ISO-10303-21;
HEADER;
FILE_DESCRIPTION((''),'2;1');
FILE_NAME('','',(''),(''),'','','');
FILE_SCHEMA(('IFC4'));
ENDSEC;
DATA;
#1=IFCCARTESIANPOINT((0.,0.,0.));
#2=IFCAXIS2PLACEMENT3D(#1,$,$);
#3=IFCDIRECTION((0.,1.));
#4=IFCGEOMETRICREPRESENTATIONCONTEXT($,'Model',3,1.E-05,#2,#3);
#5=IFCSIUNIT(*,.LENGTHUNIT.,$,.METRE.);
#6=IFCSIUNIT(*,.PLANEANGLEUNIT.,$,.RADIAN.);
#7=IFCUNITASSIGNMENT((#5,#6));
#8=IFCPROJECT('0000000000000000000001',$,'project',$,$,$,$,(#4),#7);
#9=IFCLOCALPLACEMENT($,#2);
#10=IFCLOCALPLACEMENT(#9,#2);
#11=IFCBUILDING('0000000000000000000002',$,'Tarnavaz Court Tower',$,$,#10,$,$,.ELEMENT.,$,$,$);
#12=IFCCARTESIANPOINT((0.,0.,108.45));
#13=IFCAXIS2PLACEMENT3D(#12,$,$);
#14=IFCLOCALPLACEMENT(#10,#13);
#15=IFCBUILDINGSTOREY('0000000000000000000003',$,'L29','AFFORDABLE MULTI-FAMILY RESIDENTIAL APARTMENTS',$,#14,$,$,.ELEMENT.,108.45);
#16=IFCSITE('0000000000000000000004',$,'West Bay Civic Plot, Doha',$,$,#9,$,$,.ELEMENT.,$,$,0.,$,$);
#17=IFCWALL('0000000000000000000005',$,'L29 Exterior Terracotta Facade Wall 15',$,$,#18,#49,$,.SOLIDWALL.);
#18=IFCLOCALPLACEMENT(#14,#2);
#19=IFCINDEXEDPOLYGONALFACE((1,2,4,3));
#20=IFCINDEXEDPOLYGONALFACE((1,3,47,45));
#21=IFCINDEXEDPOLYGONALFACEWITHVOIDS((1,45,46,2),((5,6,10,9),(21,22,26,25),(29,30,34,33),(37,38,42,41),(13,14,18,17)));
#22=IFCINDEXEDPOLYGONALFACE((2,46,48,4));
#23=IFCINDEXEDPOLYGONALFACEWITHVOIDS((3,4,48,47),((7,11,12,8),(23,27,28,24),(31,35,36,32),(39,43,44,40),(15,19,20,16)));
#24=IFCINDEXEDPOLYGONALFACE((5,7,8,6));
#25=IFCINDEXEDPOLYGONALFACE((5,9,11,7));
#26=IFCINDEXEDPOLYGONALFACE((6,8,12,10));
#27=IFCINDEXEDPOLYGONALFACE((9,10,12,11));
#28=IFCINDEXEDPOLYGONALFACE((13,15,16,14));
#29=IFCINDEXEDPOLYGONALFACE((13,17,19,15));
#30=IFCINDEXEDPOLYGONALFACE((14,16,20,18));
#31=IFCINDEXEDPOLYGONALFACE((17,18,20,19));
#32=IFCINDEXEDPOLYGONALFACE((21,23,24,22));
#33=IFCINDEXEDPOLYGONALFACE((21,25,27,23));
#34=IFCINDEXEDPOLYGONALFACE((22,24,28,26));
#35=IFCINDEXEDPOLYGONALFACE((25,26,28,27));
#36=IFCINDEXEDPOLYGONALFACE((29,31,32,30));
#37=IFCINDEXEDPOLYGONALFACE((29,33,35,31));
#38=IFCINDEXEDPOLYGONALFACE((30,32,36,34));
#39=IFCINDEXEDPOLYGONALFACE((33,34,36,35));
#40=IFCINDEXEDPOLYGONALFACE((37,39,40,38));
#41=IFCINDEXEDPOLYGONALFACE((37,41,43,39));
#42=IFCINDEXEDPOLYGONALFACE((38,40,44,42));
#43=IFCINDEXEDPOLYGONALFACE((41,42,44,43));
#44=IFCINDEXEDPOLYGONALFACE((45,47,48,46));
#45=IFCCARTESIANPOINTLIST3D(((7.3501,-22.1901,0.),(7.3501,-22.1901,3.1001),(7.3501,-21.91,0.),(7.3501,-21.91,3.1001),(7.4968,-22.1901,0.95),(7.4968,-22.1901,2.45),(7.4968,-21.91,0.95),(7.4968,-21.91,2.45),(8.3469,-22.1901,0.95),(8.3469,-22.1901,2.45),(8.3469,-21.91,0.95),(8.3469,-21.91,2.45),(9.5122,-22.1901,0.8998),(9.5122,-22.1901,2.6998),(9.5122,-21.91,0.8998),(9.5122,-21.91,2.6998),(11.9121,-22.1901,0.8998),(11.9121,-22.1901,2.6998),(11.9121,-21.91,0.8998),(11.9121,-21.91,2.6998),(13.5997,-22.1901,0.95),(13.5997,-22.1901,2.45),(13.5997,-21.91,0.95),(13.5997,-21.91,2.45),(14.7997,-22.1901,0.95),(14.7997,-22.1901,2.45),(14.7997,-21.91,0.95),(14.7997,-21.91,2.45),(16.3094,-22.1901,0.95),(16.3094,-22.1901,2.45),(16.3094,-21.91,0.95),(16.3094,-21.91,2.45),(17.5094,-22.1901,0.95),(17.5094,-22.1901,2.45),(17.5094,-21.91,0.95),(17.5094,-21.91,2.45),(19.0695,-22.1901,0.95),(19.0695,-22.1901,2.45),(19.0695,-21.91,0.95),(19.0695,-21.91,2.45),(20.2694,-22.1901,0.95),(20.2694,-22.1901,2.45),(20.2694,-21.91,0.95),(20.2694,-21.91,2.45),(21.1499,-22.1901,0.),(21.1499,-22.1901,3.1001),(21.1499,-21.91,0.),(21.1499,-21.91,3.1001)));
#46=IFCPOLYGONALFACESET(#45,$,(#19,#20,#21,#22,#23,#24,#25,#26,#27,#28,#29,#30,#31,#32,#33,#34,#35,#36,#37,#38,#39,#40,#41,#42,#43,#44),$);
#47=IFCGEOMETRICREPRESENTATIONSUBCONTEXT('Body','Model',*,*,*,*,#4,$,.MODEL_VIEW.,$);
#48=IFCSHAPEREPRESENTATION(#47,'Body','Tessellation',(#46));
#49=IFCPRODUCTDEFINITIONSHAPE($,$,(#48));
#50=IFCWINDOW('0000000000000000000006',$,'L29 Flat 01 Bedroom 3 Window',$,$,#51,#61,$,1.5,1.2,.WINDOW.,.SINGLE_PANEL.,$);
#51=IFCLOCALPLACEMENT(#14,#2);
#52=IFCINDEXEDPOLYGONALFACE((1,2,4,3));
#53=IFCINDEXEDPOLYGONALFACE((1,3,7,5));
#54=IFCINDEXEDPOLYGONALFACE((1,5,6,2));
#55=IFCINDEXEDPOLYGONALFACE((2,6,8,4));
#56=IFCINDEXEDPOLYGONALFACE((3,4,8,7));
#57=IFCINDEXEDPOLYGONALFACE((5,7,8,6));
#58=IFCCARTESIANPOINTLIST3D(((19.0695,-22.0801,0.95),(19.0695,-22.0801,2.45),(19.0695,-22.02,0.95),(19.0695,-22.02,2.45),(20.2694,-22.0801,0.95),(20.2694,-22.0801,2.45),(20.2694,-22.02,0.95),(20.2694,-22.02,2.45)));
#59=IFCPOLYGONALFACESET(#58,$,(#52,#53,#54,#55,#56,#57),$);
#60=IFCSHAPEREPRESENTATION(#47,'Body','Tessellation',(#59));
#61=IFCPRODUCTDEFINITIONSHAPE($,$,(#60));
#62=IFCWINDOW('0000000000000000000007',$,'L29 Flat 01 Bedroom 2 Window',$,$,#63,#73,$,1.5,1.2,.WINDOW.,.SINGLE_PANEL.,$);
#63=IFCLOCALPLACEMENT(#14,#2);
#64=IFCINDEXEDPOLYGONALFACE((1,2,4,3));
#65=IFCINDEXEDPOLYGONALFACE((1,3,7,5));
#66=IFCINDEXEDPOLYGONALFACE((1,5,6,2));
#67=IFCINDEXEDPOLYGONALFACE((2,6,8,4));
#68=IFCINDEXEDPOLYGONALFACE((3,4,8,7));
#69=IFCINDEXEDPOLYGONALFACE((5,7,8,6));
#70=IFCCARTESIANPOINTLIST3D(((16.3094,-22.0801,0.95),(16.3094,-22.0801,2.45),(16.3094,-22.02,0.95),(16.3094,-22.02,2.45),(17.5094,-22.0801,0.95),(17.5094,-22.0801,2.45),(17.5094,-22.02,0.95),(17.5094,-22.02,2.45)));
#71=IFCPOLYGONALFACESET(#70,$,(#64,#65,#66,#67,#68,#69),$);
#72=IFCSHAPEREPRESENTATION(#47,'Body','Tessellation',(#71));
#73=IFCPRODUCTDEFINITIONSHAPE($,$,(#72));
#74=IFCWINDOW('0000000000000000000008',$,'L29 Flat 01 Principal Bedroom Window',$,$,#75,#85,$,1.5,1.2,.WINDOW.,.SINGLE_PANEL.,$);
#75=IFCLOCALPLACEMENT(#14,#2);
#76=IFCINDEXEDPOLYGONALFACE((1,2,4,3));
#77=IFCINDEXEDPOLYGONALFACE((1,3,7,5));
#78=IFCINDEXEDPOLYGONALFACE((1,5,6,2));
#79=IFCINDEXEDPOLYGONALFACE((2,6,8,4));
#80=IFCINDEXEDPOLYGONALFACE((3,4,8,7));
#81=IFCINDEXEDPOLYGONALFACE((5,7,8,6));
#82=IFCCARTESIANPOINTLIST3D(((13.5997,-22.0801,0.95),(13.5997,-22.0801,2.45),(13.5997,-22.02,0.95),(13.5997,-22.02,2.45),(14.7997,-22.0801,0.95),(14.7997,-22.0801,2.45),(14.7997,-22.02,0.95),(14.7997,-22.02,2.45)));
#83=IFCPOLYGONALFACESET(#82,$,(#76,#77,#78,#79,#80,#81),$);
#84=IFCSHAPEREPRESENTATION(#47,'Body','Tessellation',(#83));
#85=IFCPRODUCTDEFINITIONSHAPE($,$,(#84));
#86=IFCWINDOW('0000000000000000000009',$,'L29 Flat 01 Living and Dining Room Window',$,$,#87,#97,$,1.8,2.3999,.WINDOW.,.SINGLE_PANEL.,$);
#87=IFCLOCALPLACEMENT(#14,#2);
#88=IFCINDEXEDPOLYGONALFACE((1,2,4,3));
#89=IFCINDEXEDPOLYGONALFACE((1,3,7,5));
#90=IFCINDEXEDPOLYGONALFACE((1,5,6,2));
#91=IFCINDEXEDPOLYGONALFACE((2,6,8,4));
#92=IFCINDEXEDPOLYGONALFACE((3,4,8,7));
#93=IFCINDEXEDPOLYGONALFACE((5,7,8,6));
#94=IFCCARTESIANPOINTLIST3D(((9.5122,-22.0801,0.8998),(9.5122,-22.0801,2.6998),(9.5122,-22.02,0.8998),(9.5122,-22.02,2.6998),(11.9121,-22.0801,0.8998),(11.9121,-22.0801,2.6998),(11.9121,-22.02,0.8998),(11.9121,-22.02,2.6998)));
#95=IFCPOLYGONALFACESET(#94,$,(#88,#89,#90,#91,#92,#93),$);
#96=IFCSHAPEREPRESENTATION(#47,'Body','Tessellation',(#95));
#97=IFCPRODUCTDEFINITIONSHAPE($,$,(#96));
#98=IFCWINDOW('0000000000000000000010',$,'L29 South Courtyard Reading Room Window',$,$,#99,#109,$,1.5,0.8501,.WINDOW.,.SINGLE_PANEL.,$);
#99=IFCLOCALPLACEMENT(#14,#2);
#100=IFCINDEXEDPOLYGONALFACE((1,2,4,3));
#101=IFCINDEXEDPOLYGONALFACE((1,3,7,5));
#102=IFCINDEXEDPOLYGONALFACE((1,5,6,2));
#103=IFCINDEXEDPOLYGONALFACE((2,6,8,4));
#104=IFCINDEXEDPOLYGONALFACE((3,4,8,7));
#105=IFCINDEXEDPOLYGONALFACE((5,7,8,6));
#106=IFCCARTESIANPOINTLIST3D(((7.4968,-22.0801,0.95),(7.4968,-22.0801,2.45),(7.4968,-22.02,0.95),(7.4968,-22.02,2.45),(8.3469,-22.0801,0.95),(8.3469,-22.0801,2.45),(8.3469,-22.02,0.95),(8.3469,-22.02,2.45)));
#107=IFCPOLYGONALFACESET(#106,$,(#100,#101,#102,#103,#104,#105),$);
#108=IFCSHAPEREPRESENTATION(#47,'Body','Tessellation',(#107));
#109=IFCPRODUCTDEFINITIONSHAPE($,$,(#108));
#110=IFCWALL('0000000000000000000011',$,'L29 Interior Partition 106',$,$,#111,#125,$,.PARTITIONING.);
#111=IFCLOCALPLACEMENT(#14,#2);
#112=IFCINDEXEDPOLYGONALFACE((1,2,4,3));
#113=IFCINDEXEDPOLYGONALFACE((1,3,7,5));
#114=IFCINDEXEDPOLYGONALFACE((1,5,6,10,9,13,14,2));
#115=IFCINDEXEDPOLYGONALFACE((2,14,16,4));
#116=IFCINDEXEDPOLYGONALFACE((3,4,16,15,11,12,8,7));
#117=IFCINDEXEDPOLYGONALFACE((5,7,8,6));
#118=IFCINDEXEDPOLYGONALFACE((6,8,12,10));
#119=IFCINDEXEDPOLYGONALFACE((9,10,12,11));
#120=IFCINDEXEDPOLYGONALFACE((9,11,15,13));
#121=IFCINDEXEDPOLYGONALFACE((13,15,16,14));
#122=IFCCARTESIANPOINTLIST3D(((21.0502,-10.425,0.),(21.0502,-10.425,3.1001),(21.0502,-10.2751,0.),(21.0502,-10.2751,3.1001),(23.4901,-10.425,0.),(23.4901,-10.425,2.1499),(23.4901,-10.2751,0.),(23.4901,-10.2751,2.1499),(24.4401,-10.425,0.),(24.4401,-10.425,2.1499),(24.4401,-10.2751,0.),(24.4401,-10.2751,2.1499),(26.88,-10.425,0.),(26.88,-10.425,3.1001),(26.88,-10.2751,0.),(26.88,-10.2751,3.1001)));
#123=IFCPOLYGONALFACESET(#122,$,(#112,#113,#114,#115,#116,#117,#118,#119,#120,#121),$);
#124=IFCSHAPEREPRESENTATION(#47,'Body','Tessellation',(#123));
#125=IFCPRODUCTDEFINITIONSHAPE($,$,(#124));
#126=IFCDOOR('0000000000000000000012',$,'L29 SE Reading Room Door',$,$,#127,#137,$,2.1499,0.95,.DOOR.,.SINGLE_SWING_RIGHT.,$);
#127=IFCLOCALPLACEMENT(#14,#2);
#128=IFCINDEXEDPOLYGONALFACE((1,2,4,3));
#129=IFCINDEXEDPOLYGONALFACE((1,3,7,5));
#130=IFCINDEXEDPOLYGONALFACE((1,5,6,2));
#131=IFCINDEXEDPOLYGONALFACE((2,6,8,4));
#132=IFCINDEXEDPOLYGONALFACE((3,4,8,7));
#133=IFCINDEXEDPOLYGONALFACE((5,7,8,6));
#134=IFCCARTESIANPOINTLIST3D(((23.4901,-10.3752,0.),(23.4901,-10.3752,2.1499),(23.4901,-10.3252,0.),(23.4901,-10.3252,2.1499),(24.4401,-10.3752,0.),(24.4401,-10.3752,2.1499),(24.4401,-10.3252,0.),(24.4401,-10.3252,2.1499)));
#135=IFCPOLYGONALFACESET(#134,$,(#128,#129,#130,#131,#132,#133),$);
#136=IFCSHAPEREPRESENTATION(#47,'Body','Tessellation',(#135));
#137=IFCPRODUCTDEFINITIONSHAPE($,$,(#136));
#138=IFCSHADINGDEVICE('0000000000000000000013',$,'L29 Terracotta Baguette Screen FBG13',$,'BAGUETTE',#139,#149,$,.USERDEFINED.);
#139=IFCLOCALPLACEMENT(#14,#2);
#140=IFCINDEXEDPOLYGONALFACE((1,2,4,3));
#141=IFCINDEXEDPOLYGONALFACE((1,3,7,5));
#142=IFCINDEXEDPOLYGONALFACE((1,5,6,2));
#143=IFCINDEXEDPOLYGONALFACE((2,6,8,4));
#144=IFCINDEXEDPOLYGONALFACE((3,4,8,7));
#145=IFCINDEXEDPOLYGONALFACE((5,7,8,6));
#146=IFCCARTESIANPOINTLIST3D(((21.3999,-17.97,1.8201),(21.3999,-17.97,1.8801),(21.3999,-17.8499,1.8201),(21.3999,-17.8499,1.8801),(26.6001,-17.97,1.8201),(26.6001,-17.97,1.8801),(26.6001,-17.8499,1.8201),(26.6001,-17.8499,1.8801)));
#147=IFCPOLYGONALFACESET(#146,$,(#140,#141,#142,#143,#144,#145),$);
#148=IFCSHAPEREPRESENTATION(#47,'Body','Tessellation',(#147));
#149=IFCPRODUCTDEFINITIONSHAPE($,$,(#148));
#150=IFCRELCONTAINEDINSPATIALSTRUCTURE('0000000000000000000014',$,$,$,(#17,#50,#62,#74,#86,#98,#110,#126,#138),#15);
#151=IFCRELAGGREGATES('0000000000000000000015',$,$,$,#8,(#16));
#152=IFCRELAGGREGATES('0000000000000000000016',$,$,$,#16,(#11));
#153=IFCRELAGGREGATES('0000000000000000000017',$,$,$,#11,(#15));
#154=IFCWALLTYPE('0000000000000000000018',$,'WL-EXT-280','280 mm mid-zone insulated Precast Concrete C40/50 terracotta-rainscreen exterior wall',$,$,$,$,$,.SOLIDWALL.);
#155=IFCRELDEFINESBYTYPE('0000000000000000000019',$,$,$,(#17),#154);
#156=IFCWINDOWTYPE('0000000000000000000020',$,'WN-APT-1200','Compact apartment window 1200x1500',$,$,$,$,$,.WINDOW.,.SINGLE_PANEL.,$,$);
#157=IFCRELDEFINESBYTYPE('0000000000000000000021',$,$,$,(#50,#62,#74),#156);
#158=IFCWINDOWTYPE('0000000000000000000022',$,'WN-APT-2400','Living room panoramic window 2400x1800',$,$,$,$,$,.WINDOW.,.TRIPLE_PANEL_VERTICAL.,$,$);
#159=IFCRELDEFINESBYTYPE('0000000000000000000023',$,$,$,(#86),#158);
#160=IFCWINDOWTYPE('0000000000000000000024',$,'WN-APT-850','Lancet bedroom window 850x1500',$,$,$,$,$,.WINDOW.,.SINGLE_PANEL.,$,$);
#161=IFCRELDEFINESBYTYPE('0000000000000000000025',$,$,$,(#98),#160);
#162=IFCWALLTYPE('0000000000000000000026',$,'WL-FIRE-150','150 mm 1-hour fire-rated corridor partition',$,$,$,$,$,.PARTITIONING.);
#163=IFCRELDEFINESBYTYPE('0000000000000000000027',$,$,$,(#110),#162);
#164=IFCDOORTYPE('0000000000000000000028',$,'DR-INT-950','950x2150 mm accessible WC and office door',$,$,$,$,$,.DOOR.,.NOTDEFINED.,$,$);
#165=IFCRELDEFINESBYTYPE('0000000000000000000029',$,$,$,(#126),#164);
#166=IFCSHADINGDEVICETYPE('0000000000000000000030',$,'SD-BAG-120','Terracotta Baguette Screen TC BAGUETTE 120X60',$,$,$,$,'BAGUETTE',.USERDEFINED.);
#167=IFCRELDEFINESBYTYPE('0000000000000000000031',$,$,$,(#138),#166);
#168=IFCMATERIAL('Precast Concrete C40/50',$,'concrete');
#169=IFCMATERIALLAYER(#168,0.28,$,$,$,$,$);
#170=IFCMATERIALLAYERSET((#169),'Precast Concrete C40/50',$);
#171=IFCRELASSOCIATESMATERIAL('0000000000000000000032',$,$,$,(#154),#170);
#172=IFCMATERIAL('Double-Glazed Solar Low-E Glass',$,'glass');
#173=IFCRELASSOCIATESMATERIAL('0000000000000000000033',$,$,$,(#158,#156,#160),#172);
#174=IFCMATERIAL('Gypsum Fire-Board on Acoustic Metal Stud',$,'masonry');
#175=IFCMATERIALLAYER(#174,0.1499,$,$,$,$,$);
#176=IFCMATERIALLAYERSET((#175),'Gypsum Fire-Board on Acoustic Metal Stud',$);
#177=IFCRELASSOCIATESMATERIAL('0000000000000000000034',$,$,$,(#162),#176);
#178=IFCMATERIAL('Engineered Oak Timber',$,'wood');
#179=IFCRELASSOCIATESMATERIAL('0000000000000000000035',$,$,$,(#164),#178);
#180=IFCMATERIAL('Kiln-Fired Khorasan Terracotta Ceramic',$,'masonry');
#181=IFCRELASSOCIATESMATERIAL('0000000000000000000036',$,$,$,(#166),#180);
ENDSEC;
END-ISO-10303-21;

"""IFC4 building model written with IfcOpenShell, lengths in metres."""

from ifc_helpers import new_model, si_unit, direction, frame, frame_2d, origin, origin_2d, place, context, subcontext, project, spatial, rectangle, extrude, material, layer, layer_set, material_profile, profile_set, type_object, element, fill, save


model = new_model("IFC4")

# Units and contexts
model_context = context("Model", 3, precision=1e-05, world=origin(), true_north=direction((0.0, 1.0)))
body_context = subcontext(model_context, "Body", "Model", "MODEL_VIEW")
ifc_project = project(units=[si_unit("LENGTHUNIT", "METRE"), si_unit("PLANEANGLEUNIT", "RADIAN")], contexts=[model_context])

# Site, building, storey
site_placement = place(None, origin())
site = spatial("IfcSite", under=ifc_project, at=site_placement, Name="West Bay Civic Plot, Doha", CompositionType="ELEMENT", RefElevation=0.0)
building_placement = place(site_placement, origin())
building = spatial("IfcBuilding", under=site, at=building_placement, Name="Tarnavaz Court Tower", CompositionType="ELEMENT")
storey_placement = place(building_placement, frame((0.0, 0.0, 108.45)))
storey = spatial("IfcBuildingStorey", under=building, at=storey_placement, Name="L29", Description="AFFORDABLE MULTI-FAMILY RESIDENTIAL APARTMENTS", CompositionType="ELEMENT", Elevation=108.45)

# Shared definitions
ifc_material_1 = material(Name="Precast Concrete C40/50", Category="concrete")
ifc_layer_1 = layer(ifc_material_1, 0.28)
ifc_layer_set_1 = layer_set([ifc_layer_1], Name="Precast Concrete C40/50")
wall_type_1 = type_object("IfcWallType", Name="WL-EXT-280", Description="280 mm mid-zone insulated Precast Concrete C40/50 terracotta-rainscreen exterior wall", PredefinedType="SOLIDWALL", material=ifc_layer_set_1)
ifc_material_2 = material(Name="Double-Glazed Solar Low-E Glass", Category="glass")
window_type_1 = type_object("IfcWindowType", Name="WN-APT-2400", Description="Living room panoramic window 2400x1800", PartitioningType="TRIPLE_PANEL_VERTICAL", PredefinedType="WINDOW", material=ifc_material_2)

# Wall, openings, windows
wall_1_placement = place(storey_placement, frame((21.1499, -22.05, 0.0), z_axis=(0.0, 0.0, 1.0), x_axis=(-1.0, 0.0, 0.0)))
wall_1 = element("IfcWall", 1, at=wall_1_placement, inside=storey, type_object=wall_type_1, Name="L29 Exterior Terracotta Facade Wall 15", PredefinedType="SOLIDWALL", context=body_context, shape_type="SweptSolid", body=[
    extrude(rectangle(XDim=13.7998, YDim=0.28, at=frame_2d((6.8999, 0.0))), origin(), (0.0, 0.0, 1.0), 3.1001),
])
opening_1_placement = place(wall_1_placement, frame((0.8804, 0.0, 0.95)))
opening_1 = element("IfcOpeningElement", 2, at=opening_1_placement, cuts=wall_1, PredefinedType="OPENING", context=body_context, shape_type="SweptSolid", body=[
    extrude(rectangle(XDim=1.2, YDim=1.5, at=frame_2d((0.6001, 0.75))), frame((0.0, 0.1499, 0.0), z_axis=(0.0, -1.0, 0.0), x_axis=(1.0, 0.0, 0.0)), (0.0, 0.0, 1.0), 0.3),
])
opening_2_placement = place(wall_1_placement, frame((3.6404, 0.0, 0.95)))
opening_2 = element("IfcOpeningElement", 3, at=opening_2_placement, cuts=wall_1, PredefinedType="OPENING", context=body_context, shape_type="SweptSolid", body=[
    extrude(rectangle(XDim=1.2, YDim=1.5, at=frame_2d((0.6001, 0.75))), frame((0.0, 0.1499, 0.0), z_axis=(0.0, -1.0, 0.0), x_axis=(1.0, 0.0, 0.0)), (0.0, 0.0, 1.0), 0.3),
])
opening_3_placement = place(wall_1_placement, frame((6.3501, 0.0, 0.95)))
opening_3 = element("IfcOpeningElement", 4, at=opening_3_placement, cuts=wall_1, PredefinedType="OPENING", context=body_context, shape_type="SweptSolid", body=[
    extrude(rectangle(XDim=1.2, YDim=1.5, at=frame_2d((0.6001, 0.75))), frame((0.0, 0.1499, 0.0), z_axis=(0.0, -1.0, 0.0), x_axis=(1.0, 0.0, 0.0)), (0.0, 0.0, 1.0), 0.3),
])
opening_4_placement = place(wall_1_placement, frame((9.2378, 0.0, 0.8999)))
opening_4 = element("IfcOpeningElement", 5, at=opening_4_placement, cuts=wall_1, PredefinedType="OPENING", context=body_context, shape_type="SweptSolid", body=[
    extrude(rectangle(XDim=2.3999, YDim=1.8, at=frame_2d((1.2, 0.8999))), frame((0.0, 0.1499, 0.0), z_axis=(0.0, -1.0, 0.0), x_axis=(1.0, 0.0, 0.0)), (0.0, 0.0, 1.0), 0.3),
])
opening_5_placement = place(wall_1_placement, frame((12.803, 0.0, 0.95)))
opening_5 = element("IfcOpeningElement", 6, at=opening_5_placement, cuts=wall_1, PredefinedType="OPENING", context=body_context, shape_type="SweptSolid", body=[
    extrude(rectangle(XDim=0.8501, YDim=1.5, at=frame_2d((0.425, 0.75))), frame((0.0, 0.1499, 0.0), z_axis=(0.0, -1.0, 0.0), x_axis=(1.0, 0.0, 0.0)), (0.0, 0.0, 1.0), 0.3),
])
window_type_2 = type_object("IfcWindowType", Name="WN-APT-1200", Description="Compact apartment window 1200x1500", PartitioningType="SINGLE_PANEL", PredefinedType="WINDOW", material=ifc_material_2)
window_1_placement = place(opening_1_placement, origin())
window_1 = element("IfcWindow", 7, at=window_1_placement, inside=storey, type_object=window_type_2, Name="L29 Flat 01 Bedroom 3 Window", OverallHeight=1.5, OverallWidth=1.2, PartitioningType="SINGLE_PANEL", PredefinedType="WINDOW", context=body_context, shape_type="SweptSolid", body=[
    extrude(rectangle(XDim=1.2, YDim=1.5, at=frame_2d((0.6001, 0.75))), frame((0.0, 0.03, 0.0), z_axis=(0.0, -1.0, 0.0), x_axis=(1.0, 0.0, 0.0)), (0.0, 0.0, 1.0), 0.0601),
])
fill(opening_1, window_1)
window_2_placement = place(opening_2_placement, origin())
window_2 = element("IfcWindow", 8, at=window_2_placement, inside=storey, type_object=window_type_2, Name="L29 Flat 01 Bedroom 2 Window", OverallHeight=1.5, OverallWidth=1.2, PartitioningType="SINGLE_PANEL", PredefinedType="WINDOW", context=body_context, shape_type="SweptSolid", body=[
    extrude(rectangle(XDim=1.2, YDim=1.5, at=frame_2d((0.6001, 0.75))), frame((0.0, 0.03, 0.0), z_axis=(0.0, -1.0, 0.0), x_axis=(1.0, 0.0, 0.0)), (0.0, 0.0, 1.0), 0.0601),
])
fill(opening_2, window_2)
window_3_placement = place(opening_3_placement, origin())
window_3 = element("IfcWindow", 9, at=window_3_placement, inside=storey, type_object=window_type_2, Name="L29 Flat 01 Principal Bedroom Window", OverallHeight=1.5, OverallWidth=1.2, PartitioningType="SINGLE_PANEL", PredefinedType="WINDOW", context=body_context, shape_type="SweptSolid", body=[
    extrude(rectangle(XDim=1.2, YDim=1.5, at=frame_2d((0.6001, 0.75))), frame((0.0, 0.03, 0.0), z_axis=(0.0, -1.0, 0.0), x_axis=(1.0, 0.0, 0.0)), (0.0, 0.0, 1.0), 0.0601),
])
fill(opening_3, window_3)
window_4_placement = place(opening_4_placement, origin())
window_4 = element("IfcWindow", 10, at=window_4_placement, inside=storey, type_object=window_type_1, Name="L29 Flat 01 Living and Dining Room Window", OverallHeight=1.8, OverallWidth=2.3999, PartitioningType="SINGLE_PANEL", PredefinedType="WINDOW", context=body_context, shape_type="SweptSolid", body=[
    extrude(rectangle(XDim=2.3999, YDim=1.8, at=frame_2d((1.2, 0.8999))), frame((0.0, 0.03, 0.0), z_axis=(0.0, -1.0, 0.0), x_axis=(1.0, 0.0, 0.0)), (0.0, 0.0, 1.0), 0.0601),
])
fill(opening_4, window_4)
window_type_3 = type_object("IfcWindowType", Name="WN-APT-850", Description="Lancet bedroom window 850x1500", PartitioningType="SINGLE_PANEL", PredefinedType="WINDOW", material=ifc_material_2)
window_5_placement = place(opening_5_placement, origin())
window_5 = element("IfcWindow", 11, at=window_5_placement, inside=storey, type_object=window_type_3, Name="L29 South Courtyard Reading Room Window", OverallHeight=1.5, OverallWidth=0.8501, PartitioningType="SINGLE_PANEL", PredefinedType="WINDOW", context=body_context, shape_type="SweptSolid", body=[
    extrude(rectangle(XDim=0.8501, YDim=1.5, at=frame_2d((0.425, 0.75))), frame((0.0, 0.03, 0.0), z_axis=(0.0, -1.0, 0.0), x_axis=(1.0, 0.0, 0.0)), (0.0, 0.0, 1.0), 0.0601),
])
fill(opening_5, window_5)

# Wall, opening, door
ifc_material_3 = material(Name="Gypsum Fire-Board on Acoustic Metal Stud", Category="masonry")
ifc_layer_2 = layer(ifc_material_3, 0.1499)
ifc_layer_set_2 = layer_set([ifc_layer_2], Name="Gypsum Fire-Board on Acoustic Metal Stud")
wall_type_2 = type_object("IfcWallType", Name="WL-FIRE-150", Description="150 mm 1-hour fire-rated corridor partition", PredefinedType="PARTITIONING", material=ifc_layer_set_2)
wall_2_placement = place(storey_placement, frame((21.05, -10.3501, 0.0), z_axis=(0.0, 0.0, 1.0), x_axis=(1.0, 0.0, 0.0)))
wall_2 = element("IfcWall", 12, at=wall_2_placement, inside=storey, type_object=wall_type_2, Name="L29 Interior Partition 106", PredefinedType="PARTITIONING", context=body_context, shape_type="SweptSolid", body=[
    extrude(rectangle(XDim=5.8298, YDim=0.1499, at=frame_2d((2.915, 0.0))), origin(), (0.0, 0.0, 1.0), 3.1001),
])
opening_6_placement = place(wall_2_placement, frame((2.4399, 0.0, 0.0)))
opening_6 = element("IfcOpeningElement", 13, at=opening_6_placement, cuts=wall_2, PredefinedType="OPENING", context=body_context, shape_type="SweptSolid", body=[
    extrude(rectangle(XDim=0.95, YDim=2.1499, at=frame_2d((0.4751, 1.075))), frame((0.0, 0.085, 0.0), z_axis=(0.0, -1.0, 0.0), x_axis=(1.0, 0.0, 0.0)), (0.0, 0.0, 1.0), 0.1699),
])
ifc_material_4 = material(Name="Engineered Oak Timber", Category="wood")
door_type = type_object("IfcDoorType", Name="DR-INT-950", Description="950x2150 mm accessible WC and office door", OperationType="NOTDEFINED", PredefinedType="DOOR", material=ifc_material_4)
door_placement = place(opening_6_placement, origin())
door = element("IfcDoor", 14, at=door_placement, inside=storey, type_object=door_type, Name="L29 SE Reading Room Door", OperationType="SINGLE_SWING_RIGHT", OverallHeight=2.1499, OverallWidth=0.95, PredefinedType="DOOR", context=body_context, shape_type="SweptSolid", body=[
    extrude(rectangle(XDim=0.95, YDim=2.1499, at=frame_2d((0.4751, 1.075))), frame((0.0, 0.0249, 0.0), z_axis=(0.0, -1.0, 0.0), x_axis=(1.0, 0.0, 0.0)), (0.0, 0.0, 1.0), 0.05),
])
fill(opening_6, door)

# Shading device
ifc_material_5 = material(Name="Kiln-Fired Khorasan Terracotta Ceramic", Category="masonry")
ifc_material_profile_1 = material_profile(ifc_material_5, rectangle(XDim=0.1201, YDim=0.0601, at=origin_2d()), Name="TC BAGUETTE 120X60")
ifc_profile_set_1 = profile_set([ifc_material_profile_1], Name="Kiln-Fired Khorasan Terracotta Ceramic")
shading_device_type = type_object("IfcShadingDeviceType", Name="SD-BAG-120", Description="Terracotta Baguette Screen TC BAGUETTE 120X60", ElementType="BAGUETTE", PredefinedType="USERDEFINED", material=ifc_profile_set_1)
shading_device_placement = place(storey_placement, frame((26.6001, -17.9099, 1.8501), z_axis=(-1.0, 0.0, 0.0), x_axis=(0.0, -1.0, 0.0)))
element("IfcShadingDevice", 15, at=shading_device_placement, inside=storey, type_object=shading_device_type, Name="L29 Terracotta Baguette Screen FBG13", ObjectType="BAGUETTE", PredefinedType="USERDEFINED", context=body_context, shape_type="SweptSolid", body=[
    extrude(rectangle(XDim=0.1201, YDim=0.0601, at=origin_2d()), origin(), (0.0, 0.0, 1.0), 5.2002),
])

save(model, "model.ifc")
